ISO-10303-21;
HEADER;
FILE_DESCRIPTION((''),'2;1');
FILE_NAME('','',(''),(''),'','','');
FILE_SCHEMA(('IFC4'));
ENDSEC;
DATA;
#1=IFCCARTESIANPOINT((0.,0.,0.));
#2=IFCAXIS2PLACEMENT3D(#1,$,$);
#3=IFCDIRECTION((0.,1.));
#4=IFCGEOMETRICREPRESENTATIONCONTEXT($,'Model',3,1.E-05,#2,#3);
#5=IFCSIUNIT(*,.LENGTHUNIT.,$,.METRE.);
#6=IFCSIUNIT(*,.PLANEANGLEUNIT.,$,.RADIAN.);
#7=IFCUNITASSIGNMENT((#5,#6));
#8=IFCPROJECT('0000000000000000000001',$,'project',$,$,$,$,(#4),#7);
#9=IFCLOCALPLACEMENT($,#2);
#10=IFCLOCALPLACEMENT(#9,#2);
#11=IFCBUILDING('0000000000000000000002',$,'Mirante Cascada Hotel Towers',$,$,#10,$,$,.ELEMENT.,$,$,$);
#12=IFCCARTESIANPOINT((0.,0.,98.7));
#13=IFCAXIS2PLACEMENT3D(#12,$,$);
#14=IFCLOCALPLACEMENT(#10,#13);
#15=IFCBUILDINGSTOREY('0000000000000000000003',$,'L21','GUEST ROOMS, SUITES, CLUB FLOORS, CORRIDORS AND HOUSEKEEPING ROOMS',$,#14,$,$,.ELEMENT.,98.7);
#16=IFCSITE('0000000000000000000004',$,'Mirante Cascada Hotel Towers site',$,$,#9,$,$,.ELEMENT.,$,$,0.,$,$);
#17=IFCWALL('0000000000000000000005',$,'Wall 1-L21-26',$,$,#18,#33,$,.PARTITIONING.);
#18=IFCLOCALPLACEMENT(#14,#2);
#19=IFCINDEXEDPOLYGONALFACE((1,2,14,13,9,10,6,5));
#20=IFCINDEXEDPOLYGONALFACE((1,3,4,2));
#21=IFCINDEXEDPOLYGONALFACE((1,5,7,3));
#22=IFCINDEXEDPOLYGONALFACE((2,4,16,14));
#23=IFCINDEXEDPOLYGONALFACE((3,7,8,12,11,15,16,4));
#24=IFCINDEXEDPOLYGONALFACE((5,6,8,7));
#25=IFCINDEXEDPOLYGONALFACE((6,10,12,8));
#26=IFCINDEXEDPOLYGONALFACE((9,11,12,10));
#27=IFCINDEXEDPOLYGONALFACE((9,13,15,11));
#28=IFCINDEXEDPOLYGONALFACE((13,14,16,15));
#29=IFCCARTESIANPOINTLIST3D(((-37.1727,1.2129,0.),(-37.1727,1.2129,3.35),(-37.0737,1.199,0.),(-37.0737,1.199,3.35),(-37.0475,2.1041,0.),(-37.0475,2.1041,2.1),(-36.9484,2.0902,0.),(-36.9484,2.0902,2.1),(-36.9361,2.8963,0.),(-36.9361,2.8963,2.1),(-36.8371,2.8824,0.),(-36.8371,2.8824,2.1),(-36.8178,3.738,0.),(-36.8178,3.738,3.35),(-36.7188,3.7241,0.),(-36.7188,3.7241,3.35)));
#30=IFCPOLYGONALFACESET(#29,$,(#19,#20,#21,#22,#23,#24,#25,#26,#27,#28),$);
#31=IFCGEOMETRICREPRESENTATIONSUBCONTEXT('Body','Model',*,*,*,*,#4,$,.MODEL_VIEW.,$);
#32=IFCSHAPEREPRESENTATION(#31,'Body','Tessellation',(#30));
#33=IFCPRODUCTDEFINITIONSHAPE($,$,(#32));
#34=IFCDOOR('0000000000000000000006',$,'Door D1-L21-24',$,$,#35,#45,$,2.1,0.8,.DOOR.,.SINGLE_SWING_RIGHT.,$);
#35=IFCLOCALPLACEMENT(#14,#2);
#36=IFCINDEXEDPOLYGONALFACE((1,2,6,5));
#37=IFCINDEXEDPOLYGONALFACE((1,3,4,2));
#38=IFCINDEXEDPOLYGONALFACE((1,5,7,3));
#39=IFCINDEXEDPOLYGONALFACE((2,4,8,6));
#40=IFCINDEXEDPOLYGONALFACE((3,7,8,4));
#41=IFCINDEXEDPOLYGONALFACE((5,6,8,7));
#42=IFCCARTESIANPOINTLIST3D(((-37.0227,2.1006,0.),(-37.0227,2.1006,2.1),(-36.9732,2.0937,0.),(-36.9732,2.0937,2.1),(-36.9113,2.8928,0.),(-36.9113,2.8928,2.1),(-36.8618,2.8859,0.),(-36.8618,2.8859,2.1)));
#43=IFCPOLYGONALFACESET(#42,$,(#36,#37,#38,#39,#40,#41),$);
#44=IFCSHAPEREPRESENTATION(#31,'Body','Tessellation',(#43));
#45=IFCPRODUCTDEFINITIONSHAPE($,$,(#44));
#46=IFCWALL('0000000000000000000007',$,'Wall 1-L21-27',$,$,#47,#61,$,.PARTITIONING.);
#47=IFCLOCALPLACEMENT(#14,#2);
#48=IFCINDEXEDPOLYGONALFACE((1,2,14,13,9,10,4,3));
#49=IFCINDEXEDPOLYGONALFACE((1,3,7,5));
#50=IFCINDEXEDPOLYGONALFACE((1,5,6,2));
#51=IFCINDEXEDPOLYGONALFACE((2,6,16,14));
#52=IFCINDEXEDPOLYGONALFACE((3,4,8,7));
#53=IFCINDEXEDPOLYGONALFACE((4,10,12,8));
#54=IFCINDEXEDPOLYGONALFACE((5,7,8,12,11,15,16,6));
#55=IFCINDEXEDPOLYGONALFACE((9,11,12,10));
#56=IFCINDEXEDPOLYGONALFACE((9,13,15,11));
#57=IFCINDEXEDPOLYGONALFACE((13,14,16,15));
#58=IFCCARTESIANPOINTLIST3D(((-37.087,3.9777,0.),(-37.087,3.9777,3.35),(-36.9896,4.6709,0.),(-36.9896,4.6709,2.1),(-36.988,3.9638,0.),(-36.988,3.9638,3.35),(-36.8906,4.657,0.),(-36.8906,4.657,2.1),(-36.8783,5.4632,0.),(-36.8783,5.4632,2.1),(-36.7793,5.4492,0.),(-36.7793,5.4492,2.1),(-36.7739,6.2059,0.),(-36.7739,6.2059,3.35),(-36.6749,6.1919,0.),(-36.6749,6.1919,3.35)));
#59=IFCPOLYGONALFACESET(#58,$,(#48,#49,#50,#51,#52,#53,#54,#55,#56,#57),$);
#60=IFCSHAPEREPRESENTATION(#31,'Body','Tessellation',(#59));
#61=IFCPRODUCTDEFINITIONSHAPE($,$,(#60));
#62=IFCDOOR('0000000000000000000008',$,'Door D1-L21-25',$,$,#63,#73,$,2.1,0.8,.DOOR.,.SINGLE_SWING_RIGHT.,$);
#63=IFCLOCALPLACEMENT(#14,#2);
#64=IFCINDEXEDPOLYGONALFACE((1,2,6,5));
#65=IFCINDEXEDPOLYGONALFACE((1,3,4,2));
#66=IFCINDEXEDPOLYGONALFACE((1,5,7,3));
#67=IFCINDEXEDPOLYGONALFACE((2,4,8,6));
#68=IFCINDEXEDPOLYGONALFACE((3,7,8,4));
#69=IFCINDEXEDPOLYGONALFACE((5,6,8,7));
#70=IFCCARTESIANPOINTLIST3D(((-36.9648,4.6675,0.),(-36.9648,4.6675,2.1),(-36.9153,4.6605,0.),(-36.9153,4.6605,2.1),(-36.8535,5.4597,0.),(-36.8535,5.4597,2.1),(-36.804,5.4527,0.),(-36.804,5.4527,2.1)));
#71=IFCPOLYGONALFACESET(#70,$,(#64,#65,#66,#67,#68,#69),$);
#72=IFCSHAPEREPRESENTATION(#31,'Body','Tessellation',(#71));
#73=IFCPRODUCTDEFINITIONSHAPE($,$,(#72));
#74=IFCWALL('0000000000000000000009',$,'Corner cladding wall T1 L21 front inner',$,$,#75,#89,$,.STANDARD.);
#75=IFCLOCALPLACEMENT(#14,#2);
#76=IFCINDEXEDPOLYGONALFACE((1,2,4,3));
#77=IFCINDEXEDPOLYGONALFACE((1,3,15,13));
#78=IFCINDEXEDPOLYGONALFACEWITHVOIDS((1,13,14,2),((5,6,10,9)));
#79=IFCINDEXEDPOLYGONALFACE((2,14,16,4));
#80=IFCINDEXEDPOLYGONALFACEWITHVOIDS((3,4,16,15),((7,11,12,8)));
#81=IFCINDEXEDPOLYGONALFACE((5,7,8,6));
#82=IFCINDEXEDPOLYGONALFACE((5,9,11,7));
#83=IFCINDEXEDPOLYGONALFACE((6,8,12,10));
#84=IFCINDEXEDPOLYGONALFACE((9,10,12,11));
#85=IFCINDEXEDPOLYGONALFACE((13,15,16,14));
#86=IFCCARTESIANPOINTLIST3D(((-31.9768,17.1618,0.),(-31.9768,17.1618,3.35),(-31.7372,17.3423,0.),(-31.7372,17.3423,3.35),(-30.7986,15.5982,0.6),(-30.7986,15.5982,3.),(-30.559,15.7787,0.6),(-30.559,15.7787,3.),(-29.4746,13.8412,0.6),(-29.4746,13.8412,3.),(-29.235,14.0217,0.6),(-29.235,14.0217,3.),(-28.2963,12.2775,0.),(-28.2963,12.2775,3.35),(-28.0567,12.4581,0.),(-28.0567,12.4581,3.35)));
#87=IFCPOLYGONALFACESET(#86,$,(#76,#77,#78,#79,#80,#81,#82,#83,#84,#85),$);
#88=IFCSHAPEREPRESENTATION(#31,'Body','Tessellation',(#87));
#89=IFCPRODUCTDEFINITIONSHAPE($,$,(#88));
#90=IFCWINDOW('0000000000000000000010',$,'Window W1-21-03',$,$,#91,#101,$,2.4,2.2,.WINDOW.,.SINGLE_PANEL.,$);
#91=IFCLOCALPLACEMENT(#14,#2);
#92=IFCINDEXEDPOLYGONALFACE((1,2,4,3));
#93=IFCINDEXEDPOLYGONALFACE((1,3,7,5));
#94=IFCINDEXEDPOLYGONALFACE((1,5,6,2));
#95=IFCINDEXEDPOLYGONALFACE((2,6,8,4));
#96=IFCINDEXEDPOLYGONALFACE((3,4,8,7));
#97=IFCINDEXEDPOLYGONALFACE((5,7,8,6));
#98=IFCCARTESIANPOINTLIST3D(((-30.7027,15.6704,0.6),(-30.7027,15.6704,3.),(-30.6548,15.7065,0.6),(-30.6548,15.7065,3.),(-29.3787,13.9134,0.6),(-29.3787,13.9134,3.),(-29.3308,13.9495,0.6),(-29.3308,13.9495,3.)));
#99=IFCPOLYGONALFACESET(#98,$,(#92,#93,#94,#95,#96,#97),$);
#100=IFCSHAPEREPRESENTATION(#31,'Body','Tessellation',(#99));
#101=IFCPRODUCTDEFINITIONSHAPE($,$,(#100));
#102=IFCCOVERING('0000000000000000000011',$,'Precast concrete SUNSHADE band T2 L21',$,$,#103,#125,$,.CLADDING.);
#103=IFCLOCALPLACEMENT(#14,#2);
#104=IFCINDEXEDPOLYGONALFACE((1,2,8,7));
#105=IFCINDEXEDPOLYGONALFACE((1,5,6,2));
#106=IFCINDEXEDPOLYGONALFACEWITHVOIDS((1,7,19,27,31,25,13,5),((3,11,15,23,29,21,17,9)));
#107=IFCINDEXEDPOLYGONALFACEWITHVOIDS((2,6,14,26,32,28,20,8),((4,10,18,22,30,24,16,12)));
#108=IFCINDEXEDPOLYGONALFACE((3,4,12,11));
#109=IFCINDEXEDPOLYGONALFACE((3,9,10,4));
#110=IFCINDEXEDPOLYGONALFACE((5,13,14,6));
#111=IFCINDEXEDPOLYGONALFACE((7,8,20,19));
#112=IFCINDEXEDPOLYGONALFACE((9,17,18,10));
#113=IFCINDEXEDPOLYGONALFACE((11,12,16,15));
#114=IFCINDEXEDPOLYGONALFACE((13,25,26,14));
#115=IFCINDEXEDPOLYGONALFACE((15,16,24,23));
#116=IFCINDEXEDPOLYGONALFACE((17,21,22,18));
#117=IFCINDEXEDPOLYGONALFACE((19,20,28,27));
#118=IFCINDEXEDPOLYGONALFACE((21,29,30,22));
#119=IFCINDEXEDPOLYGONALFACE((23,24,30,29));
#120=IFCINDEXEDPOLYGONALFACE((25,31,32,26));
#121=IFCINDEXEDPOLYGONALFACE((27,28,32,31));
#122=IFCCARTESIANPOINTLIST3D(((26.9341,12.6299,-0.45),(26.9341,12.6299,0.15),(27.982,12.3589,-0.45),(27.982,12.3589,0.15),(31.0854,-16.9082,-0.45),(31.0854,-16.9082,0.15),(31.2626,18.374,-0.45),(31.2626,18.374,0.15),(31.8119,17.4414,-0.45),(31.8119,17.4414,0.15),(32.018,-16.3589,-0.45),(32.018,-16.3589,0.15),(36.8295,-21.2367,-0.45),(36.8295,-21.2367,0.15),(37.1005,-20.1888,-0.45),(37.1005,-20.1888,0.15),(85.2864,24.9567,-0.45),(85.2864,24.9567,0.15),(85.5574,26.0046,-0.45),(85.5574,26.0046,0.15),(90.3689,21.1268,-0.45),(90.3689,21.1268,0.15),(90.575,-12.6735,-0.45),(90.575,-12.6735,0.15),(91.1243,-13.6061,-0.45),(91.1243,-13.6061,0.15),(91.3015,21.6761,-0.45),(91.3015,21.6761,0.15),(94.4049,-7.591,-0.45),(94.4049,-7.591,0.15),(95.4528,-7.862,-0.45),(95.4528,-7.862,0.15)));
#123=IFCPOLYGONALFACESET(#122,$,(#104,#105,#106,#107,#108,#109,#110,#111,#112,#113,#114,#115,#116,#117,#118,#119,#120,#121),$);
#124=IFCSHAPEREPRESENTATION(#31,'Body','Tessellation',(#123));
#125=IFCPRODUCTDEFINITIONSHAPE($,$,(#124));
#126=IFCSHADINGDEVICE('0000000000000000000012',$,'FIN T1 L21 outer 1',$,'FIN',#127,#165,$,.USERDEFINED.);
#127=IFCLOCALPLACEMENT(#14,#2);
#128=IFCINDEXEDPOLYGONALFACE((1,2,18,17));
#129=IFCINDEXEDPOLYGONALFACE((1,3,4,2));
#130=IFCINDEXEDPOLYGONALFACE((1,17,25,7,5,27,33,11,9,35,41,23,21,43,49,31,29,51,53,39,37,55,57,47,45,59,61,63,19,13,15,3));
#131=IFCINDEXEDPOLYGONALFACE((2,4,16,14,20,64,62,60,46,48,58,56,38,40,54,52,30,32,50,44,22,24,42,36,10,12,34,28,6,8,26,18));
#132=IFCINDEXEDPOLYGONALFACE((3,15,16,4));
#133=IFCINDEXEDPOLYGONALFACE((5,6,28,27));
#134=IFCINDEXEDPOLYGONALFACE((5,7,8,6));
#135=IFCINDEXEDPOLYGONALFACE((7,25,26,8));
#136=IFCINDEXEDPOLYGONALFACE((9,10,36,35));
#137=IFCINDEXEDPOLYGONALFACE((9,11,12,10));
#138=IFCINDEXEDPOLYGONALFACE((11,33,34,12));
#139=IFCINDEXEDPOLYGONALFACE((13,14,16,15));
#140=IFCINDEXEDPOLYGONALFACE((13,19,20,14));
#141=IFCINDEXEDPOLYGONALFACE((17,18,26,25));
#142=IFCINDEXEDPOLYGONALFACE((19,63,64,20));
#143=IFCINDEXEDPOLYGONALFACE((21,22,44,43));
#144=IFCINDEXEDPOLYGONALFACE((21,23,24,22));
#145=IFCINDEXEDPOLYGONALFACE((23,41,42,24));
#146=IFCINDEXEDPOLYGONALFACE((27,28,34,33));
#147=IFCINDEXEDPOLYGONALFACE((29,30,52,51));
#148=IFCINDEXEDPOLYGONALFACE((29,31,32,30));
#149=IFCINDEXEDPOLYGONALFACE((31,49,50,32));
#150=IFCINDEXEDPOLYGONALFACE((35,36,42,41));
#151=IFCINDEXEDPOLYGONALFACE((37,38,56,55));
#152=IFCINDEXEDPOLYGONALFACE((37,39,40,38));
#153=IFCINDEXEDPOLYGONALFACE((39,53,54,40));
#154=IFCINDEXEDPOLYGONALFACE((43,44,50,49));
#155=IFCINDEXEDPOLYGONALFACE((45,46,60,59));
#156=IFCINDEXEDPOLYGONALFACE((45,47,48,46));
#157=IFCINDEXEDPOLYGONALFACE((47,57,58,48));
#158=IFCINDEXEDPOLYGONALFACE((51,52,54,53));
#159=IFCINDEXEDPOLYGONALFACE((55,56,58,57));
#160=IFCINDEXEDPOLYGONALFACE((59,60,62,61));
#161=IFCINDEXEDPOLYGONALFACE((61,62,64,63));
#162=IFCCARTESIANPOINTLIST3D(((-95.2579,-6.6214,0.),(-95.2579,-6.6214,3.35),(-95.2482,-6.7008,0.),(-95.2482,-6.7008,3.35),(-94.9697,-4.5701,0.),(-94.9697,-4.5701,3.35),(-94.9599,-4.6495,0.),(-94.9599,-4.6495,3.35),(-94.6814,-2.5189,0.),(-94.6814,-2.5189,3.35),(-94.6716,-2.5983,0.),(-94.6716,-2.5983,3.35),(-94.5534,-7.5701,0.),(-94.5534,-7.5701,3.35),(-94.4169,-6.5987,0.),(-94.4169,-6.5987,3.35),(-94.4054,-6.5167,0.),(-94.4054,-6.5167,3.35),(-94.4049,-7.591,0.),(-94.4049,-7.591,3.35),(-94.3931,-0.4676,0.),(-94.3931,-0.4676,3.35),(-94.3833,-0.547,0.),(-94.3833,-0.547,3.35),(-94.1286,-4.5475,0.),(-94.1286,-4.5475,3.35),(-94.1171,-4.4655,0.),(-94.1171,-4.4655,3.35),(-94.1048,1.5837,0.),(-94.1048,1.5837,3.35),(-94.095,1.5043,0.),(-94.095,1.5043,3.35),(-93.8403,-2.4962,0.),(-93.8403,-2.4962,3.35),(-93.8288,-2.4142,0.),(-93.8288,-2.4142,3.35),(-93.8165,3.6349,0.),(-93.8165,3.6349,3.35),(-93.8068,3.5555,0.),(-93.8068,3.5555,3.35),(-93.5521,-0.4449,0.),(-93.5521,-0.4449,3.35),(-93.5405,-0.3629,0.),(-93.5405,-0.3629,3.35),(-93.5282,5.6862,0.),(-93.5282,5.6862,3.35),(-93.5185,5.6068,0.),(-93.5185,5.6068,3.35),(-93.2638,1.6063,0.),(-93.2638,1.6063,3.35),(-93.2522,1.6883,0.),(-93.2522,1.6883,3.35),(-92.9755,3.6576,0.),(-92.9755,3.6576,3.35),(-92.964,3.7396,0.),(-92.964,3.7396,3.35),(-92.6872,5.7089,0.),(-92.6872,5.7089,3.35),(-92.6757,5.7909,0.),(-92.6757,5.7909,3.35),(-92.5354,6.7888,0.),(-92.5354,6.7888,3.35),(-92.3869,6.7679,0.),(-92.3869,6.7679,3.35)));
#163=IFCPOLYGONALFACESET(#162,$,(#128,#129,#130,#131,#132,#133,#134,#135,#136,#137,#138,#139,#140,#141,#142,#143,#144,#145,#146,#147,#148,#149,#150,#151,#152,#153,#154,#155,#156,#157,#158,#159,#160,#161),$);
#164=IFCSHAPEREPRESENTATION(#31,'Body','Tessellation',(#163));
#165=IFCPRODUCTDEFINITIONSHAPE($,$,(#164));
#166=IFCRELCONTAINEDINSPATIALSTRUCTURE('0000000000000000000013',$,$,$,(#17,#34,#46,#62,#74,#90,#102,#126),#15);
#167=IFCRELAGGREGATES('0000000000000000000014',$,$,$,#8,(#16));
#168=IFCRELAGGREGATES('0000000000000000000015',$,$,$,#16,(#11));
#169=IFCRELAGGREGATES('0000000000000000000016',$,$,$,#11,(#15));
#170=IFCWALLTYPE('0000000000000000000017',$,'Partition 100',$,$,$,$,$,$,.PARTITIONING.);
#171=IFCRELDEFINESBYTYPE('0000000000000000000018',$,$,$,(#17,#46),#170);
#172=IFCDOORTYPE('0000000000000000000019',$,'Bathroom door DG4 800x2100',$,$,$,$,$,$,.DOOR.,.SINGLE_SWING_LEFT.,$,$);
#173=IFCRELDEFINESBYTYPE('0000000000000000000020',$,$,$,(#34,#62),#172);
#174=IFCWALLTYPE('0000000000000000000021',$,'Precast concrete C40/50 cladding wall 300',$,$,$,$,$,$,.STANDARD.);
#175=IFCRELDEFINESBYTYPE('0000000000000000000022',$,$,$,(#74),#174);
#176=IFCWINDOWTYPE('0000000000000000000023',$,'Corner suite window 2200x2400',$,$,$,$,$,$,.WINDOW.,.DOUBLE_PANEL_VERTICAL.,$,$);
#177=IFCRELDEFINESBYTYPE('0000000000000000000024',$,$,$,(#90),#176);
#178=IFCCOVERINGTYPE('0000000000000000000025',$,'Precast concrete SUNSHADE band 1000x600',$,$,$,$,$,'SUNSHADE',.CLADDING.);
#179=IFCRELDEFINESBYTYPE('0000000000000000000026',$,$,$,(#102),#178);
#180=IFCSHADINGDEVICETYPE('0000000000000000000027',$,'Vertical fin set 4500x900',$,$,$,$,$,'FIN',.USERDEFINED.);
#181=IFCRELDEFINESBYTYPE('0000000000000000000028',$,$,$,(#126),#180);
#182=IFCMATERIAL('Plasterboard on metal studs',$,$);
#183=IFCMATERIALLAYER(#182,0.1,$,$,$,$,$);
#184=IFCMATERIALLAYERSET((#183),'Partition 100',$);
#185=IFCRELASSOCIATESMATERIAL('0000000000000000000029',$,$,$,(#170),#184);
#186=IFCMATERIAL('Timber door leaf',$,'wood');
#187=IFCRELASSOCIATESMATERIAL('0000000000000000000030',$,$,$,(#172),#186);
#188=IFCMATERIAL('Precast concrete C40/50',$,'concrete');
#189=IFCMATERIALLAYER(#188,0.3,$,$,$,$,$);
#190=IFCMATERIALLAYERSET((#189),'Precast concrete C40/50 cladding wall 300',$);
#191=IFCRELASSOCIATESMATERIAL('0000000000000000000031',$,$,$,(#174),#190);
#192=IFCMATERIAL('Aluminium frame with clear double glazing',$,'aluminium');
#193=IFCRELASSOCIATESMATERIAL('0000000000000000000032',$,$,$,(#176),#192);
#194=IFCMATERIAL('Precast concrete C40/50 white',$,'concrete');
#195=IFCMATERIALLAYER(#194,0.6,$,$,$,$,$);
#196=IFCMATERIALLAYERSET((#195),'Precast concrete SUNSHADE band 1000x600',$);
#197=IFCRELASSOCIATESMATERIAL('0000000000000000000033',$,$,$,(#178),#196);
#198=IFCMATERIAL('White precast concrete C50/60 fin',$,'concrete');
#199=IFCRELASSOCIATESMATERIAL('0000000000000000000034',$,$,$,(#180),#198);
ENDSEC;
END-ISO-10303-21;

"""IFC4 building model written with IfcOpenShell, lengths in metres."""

from ifc_helpers import new_model, si_unit, direction, frame, frame_2d, origin, place, context, subcontext, project, spatial, polyline, rectangle, outline, extrude, material, layer, layer_set, type_object, element, fill, save


model = new_model("IFC4")

# Units and contexts
model_context = context("Model", 3, precision=1e-05, world=origin(), true_north=direction((0.0, 1.0)))
body_context = subcontext(model_context, "Body", "Model", "MODEL_VIEW")
ifc_project = project(units=[si_unit("LENGTHUNIT", "METRE"), si_unit("PLANEANGLEUNIT", "RADIAN")], contexts=[model_context])

# Site, building, storey
site_placement = place(None, origin())
site = spatial("IfcSite", under=ifc_project, at=site_placement, Name="Mirante Cascada Hotel Towers site", CompositionType="ELEMENT", RefElevation=0.0)
building_placement = place(site_placement, origin())
building = spatial("IfcBuilding", under=site, at=building_placement, Name="Mirante Cascada Hotel Towers", CompositionType="ELEMENT")
storey_placement = place(building_placement, frame((0.0, 0.0, 98.7)))
storey = spatial("IfcBuildingStorey", under=building, at=storey_placement, Name="L21", Description="GUEST ROOMS, SUITES, CLUB FLOORS, CORRIDORS AND HOUSEKEEPING ROOMS", CompositionType="ELEMENT", Elevation=98.7)

# Shared definitions
ifc_material_1 = material(Name="Plasterboard on metal studs")
ifc_layer_1 = layer(ifc_material_1, 0.1)
ifc_layer_set_1 = layer_set([ifc_layer_1], Name="Partition 100")
wall_type_1 = type_object("IfcWallType", Name="Partition 100", PredefinedType="PARTITIONING", material=ifc_layer_set_1)

# Shared definitions
ifc_material_2 = material(Name="Timber door leaf", Category="wood")
door_type_1 = type_object("IfcDoorType", Name="Bathroom door DG4 800x2100", OperationType="SINGLE_SWING_LEFT", PredefinedType="DOOR", material=ifc_material_2)

# Walls, openings, doors
wall_1_placement = place(storey_placement, frame((-37.1232, 1.2059, 0.0), z_axis=(0.0, 0.0, 1.0), x_axis=(0.139181, 0.990267, 0.0)))
wall_1 = element("IfcWall", 1, at=wall_1_placement, inside=storey, type_object=wall_type_1, Name="Wall 1-L21-26", PredefinedType="PARTITIONING", context=body_context, shape_type="SweptSolid", body=[
    extrude(rectangle(XDim=2.5499, YDim=0.1, at=frame_2d((1.275, 0.0))), origin(), (0.0, 0.0, 1.0), 3.35),
])
opening_1_placement = place(wall_1_placement, frame((0.9, 0.0, 0.0)))
opening_1 = element("IfcOpeningElement", 2, at=opening_1_placement, cuts=wall_1, PredefinedType="OPENING", context=body_context, shape_type="SweptSolid", body=[
    extrude(rectangle(XDim=0.8, YDim=2.1, at=frame_2d((0.4, 1.05))), frame((0.0, 0.05, 0.0), z_axis=(0.0, -1.0, 0.0), x_axis=(1.0, 0.0, 0.0)), (0.0, 0.0, 1.0), 0.1),
])
door_1_placement = place(opening_1_placement, frame((0.8, 0.0, 0.0), z_axis=(0.0, 0.0, 1.0), x_axis=(-1.0, 0.0, 0.0)))
door_1 = element("IfcDoor", 3, at=door_1_placement, inside=storey, type_object=door_type_1, Name="Door D1-L21-24", OperationType="SINGLE_SWING_RIGHT", OverallHeight=2.1, OverallWidth=0.8, PredefinedType="DOOR", context=body_context, shape_type="SweptSolid", body=[
    extrude(rectangle(XDim=0.8, YDim=2.1, at=frame_2d((0.4, 1.05))), frame((0.0, 0.025, 0.0), z_axis=(0.0, -1.0, 0.0), x_axis=(1.0, 0.0, 0.0)), (0.0, 0.0, 1.0), 0.05),
])
fill(opening_1, door_1)
wall_2_placement = place(storey_placement, frame((-36.7244, 6.1989, 0.0), z_axis=(0.0, 0.0, 1.0), x_axis=(-0.139156, -0.990271, 0.0)))
wall_2 = element("IfcWall", 4, at=wall_2_placement, inside=storey, type_object=wall_type_1, Name="Wall 1-L21-27", PredefinedType="PARTITIONING", context=body_context, shape_type="SweptSolid", body=[
    extrude(rectangle(XDim=2.25, YDim=0.1, at=frame_2d((1.125, 0.0))), origin(), (0.0, 0.0, 1.0), 3.35),
])
opening_2_placement = place(wall_2_placement, frame((0.75, 0.0, 0.0)))
opening_2 = element("IfcOpeningElement", 5, at=opening_2_placement, cuts=wall_2, PredefinedType="OPENING", context=body_context, shape_type="SweptSolid", body=[
    extrude(rectangle(XDim=0.8, YDim=2.1, at=frame_2d((0.4, 1.05))), frame((0.0, 0.05, 0.0), z_axis=(0.0, -1.0, 0.0), x_axis=(1.0, 0.0, 0.0)), (0.0, 0.0, 1.0), 0.1),
])
door_2_placement = place(opening_2_placement, frame((0.8, 0.0, 0.0), z_axis=(0.0, 0.0, 1.0), x_axis=(-1.0, 0.0, 0.0)))
door_2 = element("IfcDoor", 6, at=door_2_placement, inside=storey, type_object=door_type_1, Name="Door D1-L21-25", OperationType="SINGLE_SWING_RIGHT", OverallHeight=2.1, OverallWidth=0.8, PredefinedType="DOOR", context=body_context, shape_type="SweptSolid", body=[
    extrude(rectangle(XDim=0.8, YDim=2.1, at=frame_2d((0.4, 1.05))), frame((0.0, 0.025, 0.0), z_axis=(0.0, -1.0, 0.0), x_axis=(1.0, 0.0, 0.0)), (0.0, 0.0, 1.0), 0.05),
])
fill(opening_2, door_2)

# Wall, opening, window
ifc_material_3 = material(Name="Precast concrete C40/50", Category="concrete")
ifc_layer_2 = layer(ifc_material_3, 0.3)
ifc_layer_set_2 = layer_set([ifc_layer_2], Name="Precast concrete C40/50 cladding wall 300")
wall_type_2 = type_object("IfcWallType", Name="Precast concrete C40/50 cladding wall 300", PredefinedType="STANDARD", material=ifc_layer_set_2)
wall_3_placement = place(storey_placement, frame((-31.857, 17.252, 0.0), z_axis=(0.0, 0.0, 1.0), x_axis=(0.601814, -0.798636, 0.0)))
wall_3 = element("IfcWall", 7, at=wall_3_placement, inside=storey, type_object=wall_type_2, Name="Corner cladding wall T1 L21 front inner", PredefinedType="STANDARD", context=body_context, shape_type="SweptSolid", body=[
    extrude(rectangle(XDim=6.1157, YDim=0.3, at=frame_2d((3.0578, 0.0))), origin(), (0.0, 0.0, 1.0), 3.35),
])
opening_3_placement = place(wall_3_placement, frame((1.9578, 0.0, 0.6)))
opening_3 = element("IfcOpeningElement", 8, at=opening_3_placement, cuts=wall_3, PredefinedType="OPENING", context=body_context, shape_type="SweptSolid", body=[
    extrude(rectangle(XDim=2.2, YDim=2.4, at=frame_2d((1.1, 1.2))), frame((0.0, 0.15, 0.0), z_axis=(0.0, -1.0, 0.0), x_axis=(1.0, 0.0, 0.0)), (0.0, 0.0, 1.0), 0.3),
])
ifc_material_4 = material(Name="Aluminium frame with clear double glazing", Category="aluminium")
window_type = type_object("IfcWindowType", Name="Corner suite window 2200x2400", PartitioningType="DOUBLE_PANEL_VERTICAL", PredefinedType="WINDOW", material=ifc_material_4)
window_placement = place(opening_3_placement, origin())
window = element("IfcWindow", 9, at=window_placement, inside=storey, type_object=window_type, Name="Window W1-21-03", OverallHeight=2.4, OverallWidth=2.2, PartitioningType="SINGLE_PANEL", PredefinedType="WINDOW", context=body_context, shape_type="SweptSolid", body=[
    extrude(rectangle(XDim=2.2, YDim=2.4, at=frame_2d((1.1, 1.2))), frame((0.0, 0.03, 0.0), z_axis=(0.0, -1.0, 0.0), x_axis=(1.0, 0.0, 0.0)), (0.0, 0.0, 1.0), 0.06),
])
fill(opening_3, window)

# Covering
ifc_material_5 = material(Name="Precast concrete C40/50 white", Category="concrete")
ifc_layer_3 = layer(ifc_material_5, 0.6)
ifc_layer_set_3 = layer_set([ifc_layer_3], Name="Precast concrete SUNSHADE band 1000x600")
covering_type = type_object("IfcCoveringType", Name="Precast concrete SUNSHADE band 1000x600", ElementType="SUNSHADE", PredefinedType="CLADDING", material=ifc_layer_set_3)
covering_placement = place(storey_placement, frame((0.0, 0.0, -0.45)))
element("IfcCovering", 10, at=covering_placement, inside=storey, type_object=covering_type, Name="Precast concrete SUNSHADE band T2 L21", PredefinedType="CLADDING", context=body_context, shape_type="SweptSolid", body=[
    extrude(outline(polyline([(26.9341, 12.6299), (31.2626, 18.374), (85.5574, 26.0046), (91.3015, 21.6761), (95.4528, -7.862), (91.1243, -13.6061), (36.8295, -21.2367), (31.0854, -16.9082), (26.9341, 12.6299)]), holes=[polyline([(94.4049, -7.591), (90.3689, 21.1268), (85.2864, 24.9567), (31.8119, 17.4414), (27.982, 12.3589), (32.018, -16.3589), (37.1005, -20.1888), (90.575, -12.6735), (94.4049, -7.591)])]), origin(), (0.0, 0.0, 1.0), 0.6),
])

# Shading device
ifc_material_6 = material(Name="White precast concrete C50/60 fin", Category="concrete")
shading_device_type = type_object("IfcShadingDeviceType", Name="Vertical fin set 4500x900", ElementType="FIN", PredefinedType="USERDEFINED", material=ifc_material_6)
shading_device_1_placement = place(storey_placement, origin())
element("IfcShadingDevice", 11, at=shading_device_1_placement, inside=storey, type_object=shading_device_type, Name="FIN T1 L21 outer 1", ObjectType="FIN", PredefinedType="USERDEFINED", context=body_context, shape_type="SweptSolid", body=[
    extrude(outline(polyline([(-94.4054, -6.5167), (-94.1286, -4.5475), (-94.9599, -4.6495), (-94.9697, -4.5701), (-94.1171, -4.4655), (-93.8403, -2.4962), (-94.6716, -2.5983), (-94.6814, -2.5189), (-93.8288, -2.4142), (-93.5521, -0.4449), (-94.3833, -0.547), (-94.3931, -0.4676), (-93.5405, -0.3629), (-93.2638, 1.6063), (-94.095, 1.5043), (-94.1048, 1.5837), (-93.2522, 1.6883), (-92.9755, 3.6576), (-93.8068, 3.5555), (-93.8165, 3.6349), (-92.964, 3.7396), (-92.6872, 5.7089), (-93.5185, 5.6068), (-93.5282, 5.6862), (-92.6757, 5.7909), (-92.5354, 6.7888), (-92.3869, 6.7679), (-94.4049, -7.591), (-94.5534, -7.5701), (-94.4169, -6.5987), (-95.2482, -6.7008), (-95.2579, -6.6214), (-94.4054, -6.5167)])), origin(), (0.0, 0.0, 1.0), 3.35),
])

save(model, "model.ifc")
